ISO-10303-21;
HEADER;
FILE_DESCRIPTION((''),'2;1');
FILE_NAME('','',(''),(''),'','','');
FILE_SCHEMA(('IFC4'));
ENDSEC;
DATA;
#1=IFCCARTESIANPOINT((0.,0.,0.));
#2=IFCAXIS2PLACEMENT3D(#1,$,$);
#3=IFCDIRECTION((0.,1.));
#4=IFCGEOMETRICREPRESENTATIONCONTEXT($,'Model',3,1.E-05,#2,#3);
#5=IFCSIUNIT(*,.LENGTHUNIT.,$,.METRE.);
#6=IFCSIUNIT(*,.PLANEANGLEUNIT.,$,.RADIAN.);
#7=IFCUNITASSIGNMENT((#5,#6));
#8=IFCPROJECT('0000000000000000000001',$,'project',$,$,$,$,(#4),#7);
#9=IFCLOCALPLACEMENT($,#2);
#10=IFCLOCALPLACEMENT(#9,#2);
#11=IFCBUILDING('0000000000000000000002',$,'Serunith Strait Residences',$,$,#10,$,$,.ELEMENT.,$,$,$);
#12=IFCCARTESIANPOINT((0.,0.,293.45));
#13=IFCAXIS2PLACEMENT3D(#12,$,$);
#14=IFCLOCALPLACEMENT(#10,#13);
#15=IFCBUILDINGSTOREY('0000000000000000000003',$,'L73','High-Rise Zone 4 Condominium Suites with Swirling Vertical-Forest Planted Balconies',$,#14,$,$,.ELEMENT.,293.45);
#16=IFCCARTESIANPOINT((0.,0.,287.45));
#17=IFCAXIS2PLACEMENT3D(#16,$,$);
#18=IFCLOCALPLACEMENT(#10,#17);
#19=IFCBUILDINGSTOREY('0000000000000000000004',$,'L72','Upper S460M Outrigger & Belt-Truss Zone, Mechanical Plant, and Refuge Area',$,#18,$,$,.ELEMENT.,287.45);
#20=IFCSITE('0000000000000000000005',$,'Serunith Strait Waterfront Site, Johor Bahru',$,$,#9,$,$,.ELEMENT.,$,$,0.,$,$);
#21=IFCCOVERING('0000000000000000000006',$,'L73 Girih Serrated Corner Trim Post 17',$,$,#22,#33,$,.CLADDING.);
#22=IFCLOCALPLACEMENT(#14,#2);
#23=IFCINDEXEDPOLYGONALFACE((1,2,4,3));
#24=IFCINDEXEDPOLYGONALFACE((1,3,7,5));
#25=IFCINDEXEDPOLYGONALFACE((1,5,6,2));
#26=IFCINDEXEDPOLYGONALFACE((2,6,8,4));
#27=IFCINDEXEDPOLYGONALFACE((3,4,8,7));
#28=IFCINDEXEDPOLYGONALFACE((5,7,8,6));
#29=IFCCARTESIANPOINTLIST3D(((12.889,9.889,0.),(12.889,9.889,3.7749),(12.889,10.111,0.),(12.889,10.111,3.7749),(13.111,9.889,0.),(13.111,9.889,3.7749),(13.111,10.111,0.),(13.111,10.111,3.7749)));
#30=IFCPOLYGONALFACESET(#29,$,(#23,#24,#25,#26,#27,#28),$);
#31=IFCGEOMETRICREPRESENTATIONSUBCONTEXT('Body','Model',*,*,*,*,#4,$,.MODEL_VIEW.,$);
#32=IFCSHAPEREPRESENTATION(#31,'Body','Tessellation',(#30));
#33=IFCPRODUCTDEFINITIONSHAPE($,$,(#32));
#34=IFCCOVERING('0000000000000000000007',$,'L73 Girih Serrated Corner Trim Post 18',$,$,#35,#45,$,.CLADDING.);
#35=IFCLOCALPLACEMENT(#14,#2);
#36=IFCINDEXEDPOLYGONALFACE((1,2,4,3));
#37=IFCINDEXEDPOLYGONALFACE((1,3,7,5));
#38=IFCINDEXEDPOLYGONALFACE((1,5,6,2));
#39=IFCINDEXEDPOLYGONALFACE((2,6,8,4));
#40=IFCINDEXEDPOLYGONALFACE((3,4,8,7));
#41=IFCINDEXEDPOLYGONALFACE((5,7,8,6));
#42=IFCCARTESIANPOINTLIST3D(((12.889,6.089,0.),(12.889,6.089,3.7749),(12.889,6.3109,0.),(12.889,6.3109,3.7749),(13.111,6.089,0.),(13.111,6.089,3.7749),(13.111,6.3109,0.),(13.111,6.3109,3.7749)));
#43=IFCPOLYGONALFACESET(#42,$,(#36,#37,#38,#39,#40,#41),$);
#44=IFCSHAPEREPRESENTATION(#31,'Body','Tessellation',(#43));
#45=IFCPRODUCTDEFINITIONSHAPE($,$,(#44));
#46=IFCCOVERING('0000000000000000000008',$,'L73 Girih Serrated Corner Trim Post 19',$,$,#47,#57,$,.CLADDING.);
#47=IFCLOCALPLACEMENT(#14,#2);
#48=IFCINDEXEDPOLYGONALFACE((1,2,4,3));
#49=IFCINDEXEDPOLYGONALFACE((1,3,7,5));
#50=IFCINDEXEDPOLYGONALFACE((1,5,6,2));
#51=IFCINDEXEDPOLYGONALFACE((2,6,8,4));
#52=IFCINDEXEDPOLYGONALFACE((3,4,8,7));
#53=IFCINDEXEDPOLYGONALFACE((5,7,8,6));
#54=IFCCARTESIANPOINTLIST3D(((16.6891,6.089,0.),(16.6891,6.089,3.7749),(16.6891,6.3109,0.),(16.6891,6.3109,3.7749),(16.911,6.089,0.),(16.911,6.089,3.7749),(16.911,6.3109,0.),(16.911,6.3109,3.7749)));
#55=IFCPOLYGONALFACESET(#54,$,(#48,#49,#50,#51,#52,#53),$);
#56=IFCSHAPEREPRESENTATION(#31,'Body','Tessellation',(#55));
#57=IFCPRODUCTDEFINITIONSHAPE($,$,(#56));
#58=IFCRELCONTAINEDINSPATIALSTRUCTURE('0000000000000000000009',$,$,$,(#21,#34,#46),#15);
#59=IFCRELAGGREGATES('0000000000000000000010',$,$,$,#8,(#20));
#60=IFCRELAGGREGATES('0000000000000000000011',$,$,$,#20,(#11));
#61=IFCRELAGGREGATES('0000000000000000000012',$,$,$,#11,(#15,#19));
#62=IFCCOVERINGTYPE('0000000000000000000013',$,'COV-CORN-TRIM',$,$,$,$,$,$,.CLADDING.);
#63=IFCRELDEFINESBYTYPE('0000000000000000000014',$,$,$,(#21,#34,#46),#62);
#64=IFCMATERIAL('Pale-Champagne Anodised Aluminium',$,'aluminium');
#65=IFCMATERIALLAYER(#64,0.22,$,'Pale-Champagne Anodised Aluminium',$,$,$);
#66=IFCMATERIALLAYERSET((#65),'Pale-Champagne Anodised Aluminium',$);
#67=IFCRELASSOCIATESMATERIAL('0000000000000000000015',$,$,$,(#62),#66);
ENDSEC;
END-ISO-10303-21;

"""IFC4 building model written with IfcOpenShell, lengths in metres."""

from ifc_helpers import new_model, si_unit, direction, frame, origin, origin_2d, place, context, subcontext, project, spatial, rectangle, extrude, source, transform, mapped, material, layer, layer_set, type_object, element, save


model = new_model("IFC4")

# Units and contexts
model_context = context("Model", 3, precision=1e-05, world=origin(), true_north=direction((0.0, 1.0)))
body_context = subcontext(model_context, "Body", "Model", "MODEL_VIEW")
ifc_project = project(units=[si_unit("LENGTHUNIT", "METRE"), si_unit("PLANEANGLEUNIT", "RADIAN")], contexts=[model_context])

# Site, building, storey
site_placement = place(None, origin())
site = spatial("IfcSite", under=ifc_project, at=site_placement, Name="Serunith Strait Waterfront Site, Johor Bahru", CompositionType="ELEMENT", RefElevation=0.0)
building_placement = place(site_placement, origin())
building = spatial("IfcBuilding", under=site, at=building_placement, Name="Serunith Strait Residences", CompositionType="ELEMENT")
storey_1_placement = place(building_placement, frame((0.0, 0.0, 293.45)))
storey_1 = spatial("IfcBuildingStorey", under=building, at=storey_1_placement, Name="L73", Description="High-Rise Zone 4 Condominium Suites with Swirling Vertical-Forest Planted Balconies", CompositionType="ELEMENT", Elevation=293.45)

# Shared definitions
storey_2_placement = place(building_placement, frame((0.0, 0.0, 287.45)))
storey_2 = spatial("IfcBuildingStorey", under=building, at=storey_2_placement, Name="L72", Description="Upper S460M Outrigger & Belt-Truss Zone, Mechanical Plant, and Refuge Area", CompositionType="ELEMENT", Elevation=287.45)

# Coverings
ifc_material_1 = material(Name="Pale-Champagne Anodised Aluminium", Category="aluminium")
ifc_layer_1 = layer(ifc_material_1, 0.22, Name="Pale-Champagne Anodised Aluminium")
ifc_layer_set_1 = layer_set([ifc_layer_1], Name="Pale-Champagne Anodised Aluminium")
covering_type_1 = type_object("IfcCoveringType", Name="COV-CORN-TRIM", PredefinedType="CLADDING", material=ifc_layer_set_1)
shared_shape_1 = source(origin(), body_context, "Body", "SweptSolid", [
    extrude(rectangle(XDim=0.2219, YDim=0.2219, at=origin_2d()), origin(), (0.0, 0.0, 1.0), 3.7749),
])
for number, where, z_axis, x_axis, name in (
    (1, (13.0, 10.0, 0.0), (0.0, 0.0, 1.0), (1.0, 0.0, 0.0), "L73 Girih Serrated Corner Trim Post 17"),
    (2, (13.0, 6.2, 0.0), (0.0, 0.0, 1.0), (1.0, 0.0, 0.0), "L73 Girih Serrated Corner Trim Post 18"),
    (3, (16.8, 6.2, 0.0), (0.0, 0.0, 1.0), (1.0, 0.0, 0.0), "L73 Girih Serrated Corner Trim Post 19"),
):
    element("IfcCovering", number, at=place(storey_1_placement, frame(where, z_axis=z_axis, x_axis=x_axis)), inside=storey_1, type_object=covering_type_1, Name=name, PredefinedType="CLADDING", context=body_context, shape_type="MappedRepresentation", body=[
        mapped(shared_shape_1, transform((0.0, 0.0, 0.0), scale=1.0)),
    ])

save(model, "model.ifc")
